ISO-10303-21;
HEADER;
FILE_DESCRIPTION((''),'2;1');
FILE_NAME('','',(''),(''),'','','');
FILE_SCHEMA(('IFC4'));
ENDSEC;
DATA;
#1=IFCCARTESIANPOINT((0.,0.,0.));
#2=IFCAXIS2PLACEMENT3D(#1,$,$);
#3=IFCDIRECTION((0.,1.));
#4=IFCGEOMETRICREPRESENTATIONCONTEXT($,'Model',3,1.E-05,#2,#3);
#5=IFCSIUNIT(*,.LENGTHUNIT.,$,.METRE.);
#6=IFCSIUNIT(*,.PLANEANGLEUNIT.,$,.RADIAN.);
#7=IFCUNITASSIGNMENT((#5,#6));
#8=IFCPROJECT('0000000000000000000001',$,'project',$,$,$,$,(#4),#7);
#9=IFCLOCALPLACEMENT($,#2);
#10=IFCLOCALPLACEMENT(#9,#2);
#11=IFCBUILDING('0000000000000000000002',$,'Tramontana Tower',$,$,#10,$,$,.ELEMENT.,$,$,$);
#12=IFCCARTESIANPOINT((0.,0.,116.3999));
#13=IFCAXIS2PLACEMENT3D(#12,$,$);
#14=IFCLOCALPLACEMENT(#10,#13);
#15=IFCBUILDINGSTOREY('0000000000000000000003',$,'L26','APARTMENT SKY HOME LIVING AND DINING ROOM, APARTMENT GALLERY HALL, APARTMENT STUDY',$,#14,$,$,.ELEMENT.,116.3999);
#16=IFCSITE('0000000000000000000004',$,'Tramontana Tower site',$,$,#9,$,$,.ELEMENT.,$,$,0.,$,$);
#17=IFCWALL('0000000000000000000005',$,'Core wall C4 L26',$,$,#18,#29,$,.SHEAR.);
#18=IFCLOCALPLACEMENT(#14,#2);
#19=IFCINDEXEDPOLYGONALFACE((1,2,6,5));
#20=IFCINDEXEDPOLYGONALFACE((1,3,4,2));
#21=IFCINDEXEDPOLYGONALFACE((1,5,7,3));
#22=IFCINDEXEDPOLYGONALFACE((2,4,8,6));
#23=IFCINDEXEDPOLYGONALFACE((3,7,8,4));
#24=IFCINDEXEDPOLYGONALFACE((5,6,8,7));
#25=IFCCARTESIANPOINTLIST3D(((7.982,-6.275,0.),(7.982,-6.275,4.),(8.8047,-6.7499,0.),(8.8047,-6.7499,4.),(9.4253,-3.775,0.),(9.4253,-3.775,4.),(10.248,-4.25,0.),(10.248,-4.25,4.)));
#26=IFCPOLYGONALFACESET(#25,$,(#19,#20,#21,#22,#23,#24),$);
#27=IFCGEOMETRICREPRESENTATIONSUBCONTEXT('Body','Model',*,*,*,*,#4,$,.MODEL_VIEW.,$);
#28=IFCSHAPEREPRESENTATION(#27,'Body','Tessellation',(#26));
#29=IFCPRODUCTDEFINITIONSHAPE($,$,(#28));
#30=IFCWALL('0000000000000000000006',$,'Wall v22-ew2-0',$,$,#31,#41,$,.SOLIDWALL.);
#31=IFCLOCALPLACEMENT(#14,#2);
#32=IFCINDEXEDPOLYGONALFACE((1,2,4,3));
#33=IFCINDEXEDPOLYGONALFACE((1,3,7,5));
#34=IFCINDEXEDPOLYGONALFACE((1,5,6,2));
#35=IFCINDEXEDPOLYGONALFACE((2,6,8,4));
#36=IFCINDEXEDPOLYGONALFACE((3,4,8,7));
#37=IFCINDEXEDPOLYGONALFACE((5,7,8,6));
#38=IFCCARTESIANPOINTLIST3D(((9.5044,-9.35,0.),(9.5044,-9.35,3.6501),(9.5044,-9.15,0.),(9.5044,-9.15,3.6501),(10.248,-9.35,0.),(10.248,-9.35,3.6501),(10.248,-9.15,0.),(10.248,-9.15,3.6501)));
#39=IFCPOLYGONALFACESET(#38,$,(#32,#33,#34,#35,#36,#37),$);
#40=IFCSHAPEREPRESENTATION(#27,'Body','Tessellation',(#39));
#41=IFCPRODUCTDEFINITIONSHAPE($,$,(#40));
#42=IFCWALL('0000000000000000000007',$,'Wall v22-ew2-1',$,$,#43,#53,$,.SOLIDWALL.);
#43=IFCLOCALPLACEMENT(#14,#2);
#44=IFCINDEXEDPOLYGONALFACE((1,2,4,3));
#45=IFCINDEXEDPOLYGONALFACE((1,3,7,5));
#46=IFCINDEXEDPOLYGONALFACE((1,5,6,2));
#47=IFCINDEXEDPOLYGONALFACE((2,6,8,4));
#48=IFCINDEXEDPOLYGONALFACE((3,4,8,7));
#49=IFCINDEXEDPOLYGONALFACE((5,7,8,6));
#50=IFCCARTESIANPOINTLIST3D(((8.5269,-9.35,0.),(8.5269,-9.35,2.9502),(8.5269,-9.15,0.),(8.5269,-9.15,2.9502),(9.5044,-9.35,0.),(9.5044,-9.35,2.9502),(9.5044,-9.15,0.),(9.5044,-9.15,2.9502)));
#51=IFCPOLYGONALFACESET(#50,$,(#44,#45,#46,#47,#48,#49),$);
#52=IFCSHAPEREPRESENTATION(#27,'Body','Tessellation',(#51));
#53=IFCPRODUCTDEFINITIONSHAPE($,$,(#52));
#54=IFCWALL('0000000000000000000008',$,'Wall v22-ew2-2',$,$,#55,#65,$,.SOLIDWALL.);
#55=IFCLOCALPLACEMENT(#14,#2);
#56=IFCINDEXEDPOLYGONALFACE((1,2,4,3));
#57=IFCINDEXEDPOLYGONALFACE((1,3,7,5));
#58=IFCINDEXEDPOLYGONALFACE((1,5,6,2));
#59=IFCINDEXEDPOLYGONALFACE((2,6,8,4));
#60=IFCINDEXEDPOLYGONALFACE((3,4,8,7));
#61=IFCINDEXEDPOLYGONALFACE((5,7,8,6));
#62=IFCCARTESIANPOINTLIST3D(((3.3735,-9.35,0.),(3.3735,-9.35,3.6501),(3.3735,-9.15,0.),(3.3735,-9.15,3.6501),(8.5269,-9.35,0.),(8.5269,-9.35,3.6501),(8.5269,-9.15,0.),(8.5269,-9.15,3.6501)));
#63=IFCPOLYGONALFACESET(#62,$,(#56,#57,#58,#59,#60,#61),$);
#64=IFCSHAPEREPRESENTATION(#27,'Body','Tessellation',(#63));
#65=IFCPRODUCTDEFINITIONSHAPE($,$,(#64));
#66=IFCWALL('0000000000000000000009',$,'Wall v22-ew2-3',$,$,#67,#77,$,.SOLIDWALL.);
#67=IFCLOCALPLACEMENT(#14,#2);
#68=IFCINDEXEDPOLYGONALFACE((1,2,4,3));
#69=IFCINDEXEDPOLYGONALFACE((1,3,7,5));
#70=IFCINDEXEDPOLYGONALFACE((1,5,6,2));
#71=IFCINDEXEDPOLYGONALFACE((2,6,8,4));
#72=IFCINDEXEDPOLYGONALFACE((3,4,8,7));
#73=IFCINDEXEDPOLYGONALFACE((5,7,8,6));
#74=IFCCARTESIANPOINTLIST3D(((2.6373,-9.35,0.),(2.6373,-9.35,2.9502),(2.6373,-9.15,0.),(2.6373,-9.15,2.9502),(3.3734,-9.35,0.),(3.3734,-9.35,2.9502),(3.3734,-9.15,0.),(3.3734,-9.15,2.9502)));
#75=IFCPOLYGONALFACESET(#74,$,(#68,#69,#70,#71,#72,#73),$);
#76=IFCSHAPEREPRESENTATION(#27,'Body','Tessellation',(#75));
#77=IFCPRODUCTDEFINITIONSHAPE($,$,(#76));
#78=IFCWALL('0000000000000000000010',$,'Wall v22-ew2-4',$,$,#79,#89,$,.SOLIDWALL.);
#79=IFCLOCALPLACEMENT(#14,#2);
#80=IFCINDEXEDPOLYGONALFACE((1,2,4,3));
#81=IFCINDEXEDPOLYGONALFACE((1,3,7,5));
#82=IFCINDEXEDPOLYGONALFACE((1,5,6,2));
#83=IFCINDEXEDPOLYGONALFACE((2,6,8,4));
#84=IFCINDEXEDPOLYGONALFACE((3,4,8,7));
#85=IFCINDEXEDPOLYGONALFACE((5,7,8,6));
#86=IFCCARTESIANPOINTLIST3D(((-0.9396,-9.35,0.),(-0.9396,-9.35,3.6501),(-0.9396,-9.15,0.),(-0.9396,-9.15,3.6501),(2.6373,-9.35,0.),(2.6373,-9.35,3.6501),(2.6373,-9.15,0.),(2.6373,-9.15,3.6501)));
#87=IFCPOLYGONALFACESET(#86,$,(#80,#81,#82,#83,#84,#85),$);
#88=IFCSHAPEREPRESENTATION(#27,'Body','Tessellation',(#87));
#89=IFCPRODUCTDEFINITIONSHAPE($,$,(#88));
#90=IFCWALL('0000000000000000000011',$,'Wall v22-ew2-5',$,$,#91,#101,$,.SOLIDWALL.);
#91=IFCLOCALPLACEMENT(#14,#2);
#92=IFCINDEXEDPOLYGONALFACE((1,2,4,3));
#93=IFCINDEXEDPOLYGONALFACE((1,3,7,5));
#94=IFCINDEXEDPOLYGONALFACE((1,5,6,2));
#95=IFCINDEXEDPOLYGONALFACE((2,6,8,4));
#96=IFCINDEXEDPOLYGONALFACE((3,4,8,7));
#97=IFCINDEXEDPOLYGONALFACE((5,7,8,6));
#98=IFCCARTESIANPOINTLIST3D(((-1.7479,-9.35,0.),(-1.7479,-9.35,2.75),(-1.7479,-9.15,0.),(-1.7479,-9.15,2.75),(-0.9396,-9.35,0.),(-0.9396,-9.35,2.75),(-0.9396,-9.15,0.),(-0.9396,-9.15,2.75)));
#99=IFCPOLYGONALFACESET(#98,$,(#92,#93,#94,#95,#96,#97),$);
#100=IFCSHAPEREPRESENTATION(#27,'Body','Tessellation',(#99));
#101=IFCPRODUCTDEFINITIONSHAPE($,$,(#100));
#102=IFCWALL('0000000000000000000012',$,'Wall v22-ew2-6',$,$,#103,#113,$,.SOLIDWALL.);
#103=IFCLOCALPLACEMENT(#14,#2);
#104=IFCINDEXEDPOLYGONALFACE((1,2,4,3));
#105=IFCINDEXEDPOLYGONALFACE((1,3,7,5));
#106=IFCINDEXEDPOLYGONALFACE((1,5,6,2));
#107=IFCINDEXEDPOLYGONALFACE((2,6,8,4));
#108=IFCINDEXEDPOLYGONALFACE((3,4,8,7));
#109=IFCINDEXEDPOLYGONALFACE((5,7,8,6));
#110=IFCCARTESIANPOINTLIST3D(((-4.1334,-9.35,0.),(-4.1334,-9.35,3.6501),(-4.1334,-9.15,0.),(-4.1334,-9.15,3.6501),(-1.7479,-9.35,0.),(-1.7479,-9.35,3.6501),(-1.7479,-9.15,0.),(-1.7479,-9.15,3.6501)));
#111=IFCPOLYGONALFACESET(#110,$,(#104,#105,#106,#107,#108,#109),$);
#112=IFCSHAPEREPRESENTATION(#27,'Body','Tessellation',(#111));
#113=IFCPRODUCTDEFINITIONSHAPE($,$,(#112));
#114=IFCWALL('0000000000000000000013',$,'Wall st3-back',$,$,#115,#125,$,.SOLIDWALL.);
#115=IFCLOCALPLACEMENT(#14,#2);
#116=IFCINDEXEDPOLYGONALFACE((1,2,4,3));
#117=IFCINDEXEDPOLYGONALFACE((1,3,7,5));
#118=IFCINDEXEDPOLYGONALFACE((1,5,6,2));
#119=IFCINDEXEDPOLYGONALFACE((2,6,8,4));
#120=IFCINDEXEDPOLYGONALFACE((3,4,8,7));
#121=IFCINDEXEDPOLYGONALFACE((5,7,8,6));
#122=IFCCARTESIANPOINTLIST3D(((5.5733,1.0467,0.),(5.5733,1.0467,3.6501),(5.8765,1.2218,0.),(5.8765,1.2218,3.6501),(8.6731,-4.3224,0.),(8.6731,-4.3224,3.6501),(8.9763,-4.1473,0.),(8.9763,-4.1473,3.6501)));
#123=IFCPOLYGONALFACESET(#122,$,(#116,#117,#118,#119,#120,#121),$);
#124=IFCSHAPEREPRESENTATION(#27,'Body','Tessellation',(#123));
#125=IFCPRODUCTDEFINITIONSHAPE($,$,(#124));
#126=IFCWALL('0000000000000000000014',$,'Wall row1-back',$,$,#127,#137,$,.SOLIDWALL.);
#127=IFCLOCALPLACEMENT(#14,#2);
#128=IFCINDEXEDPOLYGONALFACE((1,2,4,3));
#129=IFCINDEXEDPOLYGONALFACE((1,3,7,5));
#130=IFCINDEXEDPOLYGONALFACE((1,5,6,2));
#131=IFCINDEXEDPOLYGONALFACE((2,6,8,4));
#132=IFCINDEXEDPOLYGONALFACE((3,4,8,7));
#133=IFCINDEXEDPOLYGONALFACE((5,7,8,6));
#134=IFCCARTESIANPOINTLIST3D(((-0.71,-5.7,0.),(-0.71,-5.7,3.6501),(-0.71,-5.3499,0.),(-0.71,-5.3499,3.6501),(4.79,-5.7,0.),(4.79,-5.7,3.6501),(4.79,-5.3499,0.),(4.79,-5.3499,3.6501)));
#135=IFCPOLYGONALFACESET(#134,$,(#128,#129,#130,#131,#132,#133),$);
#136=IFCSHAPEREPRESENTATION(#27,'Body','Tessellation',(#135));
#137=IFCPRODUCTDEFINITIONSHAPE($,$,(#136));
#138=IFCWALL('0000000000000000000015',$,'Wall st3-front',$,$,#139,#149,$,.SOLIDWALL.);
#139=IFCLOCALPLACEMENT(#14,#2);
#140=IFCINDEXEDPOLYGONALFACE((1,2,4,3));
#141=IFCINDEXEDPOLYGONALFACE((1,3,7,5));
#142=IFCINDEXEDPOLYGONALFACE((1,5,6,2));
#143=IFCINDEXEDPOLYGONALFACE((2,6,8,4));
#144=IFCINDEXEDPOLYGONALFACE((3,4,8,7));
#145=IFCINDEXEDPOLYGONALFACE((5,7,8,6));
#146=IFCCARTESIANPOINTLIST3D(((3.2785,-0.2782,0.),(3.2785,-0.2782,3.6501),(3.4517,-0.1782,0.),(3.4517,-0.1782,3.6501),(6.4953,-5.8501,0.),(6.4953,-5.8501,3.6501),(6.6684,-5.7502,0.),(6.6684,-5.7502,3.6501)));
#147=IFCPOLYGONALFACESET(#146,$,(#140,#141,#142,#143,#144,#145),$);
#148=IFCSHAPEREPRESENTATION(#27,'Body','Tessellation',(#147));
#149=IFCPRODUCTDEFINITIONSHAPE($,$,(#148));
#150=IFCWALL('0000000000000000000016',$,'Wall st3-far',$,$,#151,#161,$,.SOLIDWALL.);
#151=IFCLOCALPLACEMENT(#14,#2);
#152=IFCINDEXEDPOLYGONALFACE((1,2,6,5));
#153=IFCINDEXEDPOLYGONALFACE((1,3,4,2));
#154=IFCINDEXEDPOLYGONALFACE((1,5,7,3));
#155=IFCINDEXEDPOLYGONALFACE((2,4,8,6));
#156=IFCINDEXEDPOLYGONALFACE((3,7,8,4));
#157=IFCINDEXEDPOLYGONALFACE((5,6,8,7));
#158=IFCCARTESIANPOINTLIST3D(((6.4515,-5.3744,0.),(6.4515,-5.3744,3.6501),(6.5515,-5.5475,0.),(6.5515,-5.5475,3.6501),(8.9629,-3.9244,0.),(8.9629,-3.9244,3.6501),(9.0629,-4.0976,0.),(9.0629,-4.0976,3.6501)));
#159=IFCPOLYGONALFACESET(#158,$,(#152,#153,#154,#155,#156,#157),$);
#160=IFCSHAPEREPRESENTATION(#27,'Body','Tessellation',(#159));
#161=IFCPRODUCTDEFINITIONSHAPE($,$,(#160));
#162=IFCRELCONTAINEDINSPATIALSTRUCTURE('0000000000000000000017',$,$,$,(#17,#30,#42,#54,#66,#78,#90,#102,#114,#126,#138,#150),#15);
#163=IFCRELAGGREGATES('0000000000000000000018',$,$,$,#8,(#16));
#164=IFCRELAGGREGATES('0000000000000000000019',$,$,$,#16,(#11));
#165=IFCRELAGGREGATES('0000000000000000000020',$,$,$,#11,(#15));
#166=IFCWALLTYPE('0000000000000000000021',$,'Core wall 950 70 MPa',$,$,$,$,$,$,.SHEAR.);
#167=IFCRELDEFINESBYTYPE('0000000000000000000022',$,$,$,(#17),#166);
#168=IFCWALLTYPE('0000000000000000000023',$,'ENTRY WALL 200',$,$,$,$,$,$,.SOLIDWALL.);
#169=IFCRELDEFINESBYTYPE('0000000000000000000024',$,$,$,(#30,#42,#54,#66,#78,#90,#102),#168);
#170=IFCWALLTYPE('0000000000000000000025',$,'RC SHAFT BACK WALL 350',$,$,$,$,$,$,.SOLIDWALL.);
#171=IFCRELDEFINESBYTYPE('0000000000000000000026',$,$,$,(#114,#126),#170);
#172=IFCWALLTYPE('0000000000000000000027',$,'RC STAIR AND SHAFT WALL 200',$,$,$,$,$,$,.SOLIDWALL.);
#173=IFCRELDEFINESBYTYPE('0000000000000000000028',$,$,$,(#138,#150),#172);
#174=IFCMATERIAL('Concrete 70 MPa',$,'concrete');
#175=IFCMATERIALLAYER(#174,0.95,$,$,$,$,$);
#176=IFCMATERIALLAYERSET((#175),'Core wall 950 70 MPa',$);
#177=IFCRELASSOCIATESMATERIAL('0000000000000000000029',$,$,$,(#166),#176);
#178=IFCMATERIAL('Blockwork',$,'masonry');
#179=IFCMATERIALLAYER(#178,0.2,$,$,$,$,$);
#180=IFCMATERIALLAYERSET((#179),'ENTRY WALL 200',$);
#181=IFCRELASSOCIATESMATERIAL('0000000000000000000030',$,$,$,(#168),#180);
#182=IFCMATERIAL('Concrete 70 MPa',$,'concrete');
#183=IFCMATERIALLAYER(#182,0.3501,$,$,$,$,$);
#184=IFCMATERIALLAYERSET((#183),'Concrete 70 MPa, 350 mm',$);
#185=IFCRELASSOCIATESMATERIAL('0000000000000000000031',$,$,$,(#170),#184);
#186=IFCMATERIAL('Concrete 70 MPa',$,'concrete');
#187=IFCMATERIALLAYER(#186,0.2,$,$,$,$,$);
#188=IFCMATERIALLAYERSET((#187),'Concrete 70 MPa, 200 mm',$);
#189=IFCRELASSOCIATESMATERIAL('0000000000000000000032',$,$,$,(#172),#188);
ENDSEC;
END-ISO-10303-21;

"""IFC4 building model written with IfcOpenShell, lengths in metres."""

from ifc_helpers import new_model, si_unit, direction, frame, frame_2d, origin, place, context, subcontext, project, spatial, rectangle, extrude, material, layer, layer_set, type_object, element, save


model = new_model("IFC4")

# Units and contexts
model_context = context("Model", 3, precision=1e-05, world=origin(), true_north=direction((0.0, 1.0)))
body_context = subcontext(model_context, "Body", "Model", "MODEL_VIEW")
ifc_project = project(units=[si_unit("LENGTHUNIT", "METRE"), si_unit("PLANEANGLEUNIT", "RADIAN")], contexts=[model_context])

# Site, building, storey
site_placement = place(None, origin())
site = spatial("IfcSite", under=ifc_project, at=site_placement, Name="Tramontana Tower site", CompositionType="ELEMENT", RefElevation=0.0)
building_placement = place(site_placement, origin())
building = spatial("IfcBuilding", under=site, at=building_placement, Name="Tramontana Tower", CompositionType="ELEMENT")
storey_placement = place(building_placement, frame((0.0, 0.0, 116.3999)))
storey = spatial("IfcBuildingStorey", under=building, at=storey_placement, Name="L26", Description="APARTMENT SKY HOME LIVING AND DINING ROOM, APARTMENT GALLERY HALL, APARTMENT STUDY", CompositionType="ELEMENT", Elevation=116.3999)

# Wall
ifc_material_1 = material(Name="Concrete 70 MPa", Category="concrete")
ifc_layer_1 = layer(ifc_material_1, 0.95)
ifc_layer_set_1 = layer_set([ifc_layer_1], Name="Core wall 950 70 MPa")
wall_type_1 = type_object("IfcWallType", Name="Core wall 950 70 MPa", PredefinedType="SHEAR", material=ifc_layer_set_1)
wall_1_placement = place(storey_placement, frame((8.3933, -6.5125, 0.0), z_axis=(0.0, 0.0, 1.0), x_axis=(0.499996, 0.866028, 0.0)))
element("IfcWall", 1, at=wall_1_placement, inside=storey, type_object=wall_type_1, Name="Core wall C4 L26", PredefinedType="SHEAR", context=body_context, shape_type="SweptSolid", body=[
    extrude(rectangle(XDim=2.8867, YDim=0.95, at=frame_2d((1.4434, 0.0))), origin(), (0.0, 0.0, 1.0), 4.0),
])

# Walls
ifc_material_2 = material(Name="Blockwork", Category="masonry")
ifc_layer_2 = layer(ifc_material_2, 0.2)
ifc_layer_set_2 = layer_set([ifc_layer_2], Name="ENTRY WALL 200")
wall_type_2 = type_object("IfcWallType", Name="ENTRY WALL 200", PredefinedType="SOLIDWALL", material=ifc_layer_set_2)
wall_2_placement = place(storey_placement, frame((10.248, -9.25, 0.0), z_axis=(0.0, 0.0, 1.0), x_axis=(-1.0, 0.0, 0.0)))
element("IfcWall", 2, at=wall_2_placement, inside=storey, type_object=wall_type_2, Name="Wall v22-ew2-0", PredefinedType="SOLIDWALL", context=body_context, shape_type="SweptSolid", body=[
    extrude(rectangle(XDim=0.7437, YDim=0.2, at=frame_2d((0.3718, 0.0))), origin(), (0.0, 0.0, 1.0), 3.6501),
])
wall_3_placement = place(storey_placement, frame((9.5044, -9.25, 0.0), z_axis=(0.0, 0.0, 1.0), x_axis=(-1.0, 0.0, 0.0)))
element("IfcWall", 3, at=wall_3_placement, inside=storey, type_object=wall_type_2, Name="Wall v22-ew2-1", PredefinedType="SOLIDWALL", context=body_context, shape_type="SweptSolid", body=[
    extrude(rectangle(XDim=0.9775, YDim=0.2, at=frame_2d((0.4888, 0.0))), origin(), (0.0, 0.0, 1.0), 2.9502),
])
wall_4_placement = place(storey_placement, frame((8.5269, -9.25, 0.0), z_axis=(0.0, 0.0, 1.0), x_axis=(-1.0, 0.0, 0.0)))
element("IfcWall", 4, at=wall_4_placement, inside=storey, type_object=wall_type_2, Name="Wall v22-ew2-2", PredefinedType="SOLIDWALL", context=body_context, shape_type="SweptSolid", body=[
    extrude(rectangle(XDim=5.1533, YDim=0.2, at=frame_2d((2.5767, 0.0))), origin(), (0.0, 0.0, 1.0), 3.6501),
])
wall_5_placement = place(storey_placement, frame((3.3735, -9.25, 0.0), z_axis=(0.0, 0.0, 1.0), x_axis=(-1.0, 0.0, 0.0)))
element("IfcWall", 5, at=wall_5_placement, inside=storey, type_object=wall_type_2, Name="Wall v22-ew2-3", PredefinedType="SOLIDWALL", context=body_context, shape_type="SweptSolid", body=[
    extrude(rectangle(XDim=0.7361, YDim=0.2, at=frame_2d((0.3682, 0.0))), origin(), (0.0, 0.0, 1.0), 2.9502),
])
wall_6_placement = place(storey_placement, frame((2.6375, -9.25, 0.0), z_axis=(0.0, 0.0, 1.0), x_axis=(-1.0, 0.0, 0.0)))
element("IfcWall", 6, at=wall_6_placement, inside=storey, type_object=wall_type_2, Name="Wall v22-ew2-4", PredefinedType="SOLIDWALL", context=body_context, shape_type="SweptSolid", body=[
    extrude(rectangle(XDim=3.5769, YDim=0.2, at=frame_2d((1.7886, 0.0))), origin(), (0.0, 0.0, 1.0), 3.6501),
])
wall_7_placement = place(storey_placement, frame((-0.9395, -9.25, 0.0), z_axis=(0.0, 0.0, 1.0), x_axis=(-1.0, 0.0, 0.0)))
element("IfcWall", 7, at=wall_7_placement, inside=storey, type_object=wall_type_2, Name="Wall v22-ew2-5", PredefinedType="SOLIDWALL", context=body_context, shape_type="SweptSolid", body=[
    extrude(rectangle(XDim=0.8083, YDim=0.2, at=frame_2d((0.4043, 0.0))), origin(), (0.0, 0.0, 1.0), 2.75),
])
wall_8_placement = place(storey_placement, frame((-1.7478, -9.25, 0.0), z_axis=(0.0, 0.0, 1.0), x_axis=(-1.0, 0.0, 0.0)))
element("IfcWall", 8, at=wall_8_placement, inside=storey, type_object=wall_type_2, Name="Wall v22-ew2-6", PredefinedType="SOLIDWALL", context=body_context, shape_type="SweptSolid", body=[
    extrude(rectangle(XDim=2.3855, YDim=0.2, at=frame_2d((1.1929, 0.0))), origin(), (0.0, 0.0, 1.0), 3.6501),
])
ifc_material_3 = material(Name="Concrete 70 MPa", Category="concrete")
ifc_layer_3 = layer(ifc_material_3, 0.3501)
ifc_layer_set_3 = layer_set([ifc_layer_3], Name="Concrete 70 MPa, 350 mm")
wall_type_3 = type_object("IfcWallType", Name="RC SHAFT BACK WALL 350", PredefinedType="SOLIDWALL", material=ifc_layer_set_3)
wall_9_placement = place(storey_placement, frame((8.8247, -4.2349, 0.0), z_axis=(0.0, 0.0, 1.0), x_axis=(-0.499997, 0.866027, 0.0)))
element("IfcWall", 9, at=wall_9_placement, inside=storey, type_object=wall_type_3, Name="Wall st3-back", PredefinedType="SOLIDWALL", context=body_context, shape_type="SweptSolid", body=[
    extrude(rectangle(XDim=6.1997, YDim=0.3501, at=frame_2d((3.0999, 0.0))), origin(), (0.0, 0.0, 1.0), 3.6501),
])
wall_10_placement = place(storey_placement, frame((-0.71, -5.5249, 0.0), z_axis=(0.0, 0.0, 1.0), x_axis=(1.0, 0.0, 0.0)))
element("IfcWall", 10, at=wall_10_placement, inside=storey, type_object=wall_type_3, Name="Wall row1-back", PredefinedType="SOLIDWALL", context=body_context, shape_type="SweptSolid", body=[
    extrude(rectangle(XDim=5.5, YDim=0.3501, at=frame_2d((2.75, 0.0))), origin(), (0.0, 0.0, 1.0), 3.6501),
])

# Shared definitions
ifc_material_4 = material(Name="Concrete 70 MPa", Category="concrete")
ifc_layer_4 = layer(ifc_material_4, 0.2)
ifc_layer_set_4 = layer_set([ifc_layer_4], Name="Concrete 70 MPa, 200 mm")
wall_type_4 = type_object("IfcWallType", Name="RC STAIR AND SHAFT WALL 200", PredefinedType="SOLIDWALL", material=ifc_layer_set_4)

# Walls
wall_11_placement = place(storey_placement, frame((6.5818, -5.8, 0.0), z_axis=(0.0, 0.0, 1.0), x_axis=(-0.499975, 0.86604, 0.0)))
element("IfcWall", 11, at=wall_11_placement, inside=storey, type_object=wall_type_4, Name="Wall st3-front", PredefinedType="SOLIDWALL", context=body_context, shape_type="SweptSolid", body=[
    extrude(rectangle(XDim=6.4338, YDim=0.2, at=frame_2d((3.2168, 0.0))), origin(), (0.0, 0.0, 1.0), 3.6501),
])
wall_12_placement = place(storey_placement, frame((6.5015, -5.4609, 0.0), z_axis=(0.0, 0.0, 1.0), x_axis=(0.866033, 0.499987, 0.0)))
element("IfcWall", 12, at=wall_12_placement, inside=storey, type_object=wall_type_4, Name="Wall st3-far", PredefinedType="SOLIDWALL", context=body_context, shape_type="SweptSolid", body=[
    extrude(rectangle(XDim=2.8999, YDim=0.2, at=frame_2d((1.45, 0.0))), origin(), (0.0, 0.0, 1.0), 3.6501),
])

save(model, "model.ifc")
